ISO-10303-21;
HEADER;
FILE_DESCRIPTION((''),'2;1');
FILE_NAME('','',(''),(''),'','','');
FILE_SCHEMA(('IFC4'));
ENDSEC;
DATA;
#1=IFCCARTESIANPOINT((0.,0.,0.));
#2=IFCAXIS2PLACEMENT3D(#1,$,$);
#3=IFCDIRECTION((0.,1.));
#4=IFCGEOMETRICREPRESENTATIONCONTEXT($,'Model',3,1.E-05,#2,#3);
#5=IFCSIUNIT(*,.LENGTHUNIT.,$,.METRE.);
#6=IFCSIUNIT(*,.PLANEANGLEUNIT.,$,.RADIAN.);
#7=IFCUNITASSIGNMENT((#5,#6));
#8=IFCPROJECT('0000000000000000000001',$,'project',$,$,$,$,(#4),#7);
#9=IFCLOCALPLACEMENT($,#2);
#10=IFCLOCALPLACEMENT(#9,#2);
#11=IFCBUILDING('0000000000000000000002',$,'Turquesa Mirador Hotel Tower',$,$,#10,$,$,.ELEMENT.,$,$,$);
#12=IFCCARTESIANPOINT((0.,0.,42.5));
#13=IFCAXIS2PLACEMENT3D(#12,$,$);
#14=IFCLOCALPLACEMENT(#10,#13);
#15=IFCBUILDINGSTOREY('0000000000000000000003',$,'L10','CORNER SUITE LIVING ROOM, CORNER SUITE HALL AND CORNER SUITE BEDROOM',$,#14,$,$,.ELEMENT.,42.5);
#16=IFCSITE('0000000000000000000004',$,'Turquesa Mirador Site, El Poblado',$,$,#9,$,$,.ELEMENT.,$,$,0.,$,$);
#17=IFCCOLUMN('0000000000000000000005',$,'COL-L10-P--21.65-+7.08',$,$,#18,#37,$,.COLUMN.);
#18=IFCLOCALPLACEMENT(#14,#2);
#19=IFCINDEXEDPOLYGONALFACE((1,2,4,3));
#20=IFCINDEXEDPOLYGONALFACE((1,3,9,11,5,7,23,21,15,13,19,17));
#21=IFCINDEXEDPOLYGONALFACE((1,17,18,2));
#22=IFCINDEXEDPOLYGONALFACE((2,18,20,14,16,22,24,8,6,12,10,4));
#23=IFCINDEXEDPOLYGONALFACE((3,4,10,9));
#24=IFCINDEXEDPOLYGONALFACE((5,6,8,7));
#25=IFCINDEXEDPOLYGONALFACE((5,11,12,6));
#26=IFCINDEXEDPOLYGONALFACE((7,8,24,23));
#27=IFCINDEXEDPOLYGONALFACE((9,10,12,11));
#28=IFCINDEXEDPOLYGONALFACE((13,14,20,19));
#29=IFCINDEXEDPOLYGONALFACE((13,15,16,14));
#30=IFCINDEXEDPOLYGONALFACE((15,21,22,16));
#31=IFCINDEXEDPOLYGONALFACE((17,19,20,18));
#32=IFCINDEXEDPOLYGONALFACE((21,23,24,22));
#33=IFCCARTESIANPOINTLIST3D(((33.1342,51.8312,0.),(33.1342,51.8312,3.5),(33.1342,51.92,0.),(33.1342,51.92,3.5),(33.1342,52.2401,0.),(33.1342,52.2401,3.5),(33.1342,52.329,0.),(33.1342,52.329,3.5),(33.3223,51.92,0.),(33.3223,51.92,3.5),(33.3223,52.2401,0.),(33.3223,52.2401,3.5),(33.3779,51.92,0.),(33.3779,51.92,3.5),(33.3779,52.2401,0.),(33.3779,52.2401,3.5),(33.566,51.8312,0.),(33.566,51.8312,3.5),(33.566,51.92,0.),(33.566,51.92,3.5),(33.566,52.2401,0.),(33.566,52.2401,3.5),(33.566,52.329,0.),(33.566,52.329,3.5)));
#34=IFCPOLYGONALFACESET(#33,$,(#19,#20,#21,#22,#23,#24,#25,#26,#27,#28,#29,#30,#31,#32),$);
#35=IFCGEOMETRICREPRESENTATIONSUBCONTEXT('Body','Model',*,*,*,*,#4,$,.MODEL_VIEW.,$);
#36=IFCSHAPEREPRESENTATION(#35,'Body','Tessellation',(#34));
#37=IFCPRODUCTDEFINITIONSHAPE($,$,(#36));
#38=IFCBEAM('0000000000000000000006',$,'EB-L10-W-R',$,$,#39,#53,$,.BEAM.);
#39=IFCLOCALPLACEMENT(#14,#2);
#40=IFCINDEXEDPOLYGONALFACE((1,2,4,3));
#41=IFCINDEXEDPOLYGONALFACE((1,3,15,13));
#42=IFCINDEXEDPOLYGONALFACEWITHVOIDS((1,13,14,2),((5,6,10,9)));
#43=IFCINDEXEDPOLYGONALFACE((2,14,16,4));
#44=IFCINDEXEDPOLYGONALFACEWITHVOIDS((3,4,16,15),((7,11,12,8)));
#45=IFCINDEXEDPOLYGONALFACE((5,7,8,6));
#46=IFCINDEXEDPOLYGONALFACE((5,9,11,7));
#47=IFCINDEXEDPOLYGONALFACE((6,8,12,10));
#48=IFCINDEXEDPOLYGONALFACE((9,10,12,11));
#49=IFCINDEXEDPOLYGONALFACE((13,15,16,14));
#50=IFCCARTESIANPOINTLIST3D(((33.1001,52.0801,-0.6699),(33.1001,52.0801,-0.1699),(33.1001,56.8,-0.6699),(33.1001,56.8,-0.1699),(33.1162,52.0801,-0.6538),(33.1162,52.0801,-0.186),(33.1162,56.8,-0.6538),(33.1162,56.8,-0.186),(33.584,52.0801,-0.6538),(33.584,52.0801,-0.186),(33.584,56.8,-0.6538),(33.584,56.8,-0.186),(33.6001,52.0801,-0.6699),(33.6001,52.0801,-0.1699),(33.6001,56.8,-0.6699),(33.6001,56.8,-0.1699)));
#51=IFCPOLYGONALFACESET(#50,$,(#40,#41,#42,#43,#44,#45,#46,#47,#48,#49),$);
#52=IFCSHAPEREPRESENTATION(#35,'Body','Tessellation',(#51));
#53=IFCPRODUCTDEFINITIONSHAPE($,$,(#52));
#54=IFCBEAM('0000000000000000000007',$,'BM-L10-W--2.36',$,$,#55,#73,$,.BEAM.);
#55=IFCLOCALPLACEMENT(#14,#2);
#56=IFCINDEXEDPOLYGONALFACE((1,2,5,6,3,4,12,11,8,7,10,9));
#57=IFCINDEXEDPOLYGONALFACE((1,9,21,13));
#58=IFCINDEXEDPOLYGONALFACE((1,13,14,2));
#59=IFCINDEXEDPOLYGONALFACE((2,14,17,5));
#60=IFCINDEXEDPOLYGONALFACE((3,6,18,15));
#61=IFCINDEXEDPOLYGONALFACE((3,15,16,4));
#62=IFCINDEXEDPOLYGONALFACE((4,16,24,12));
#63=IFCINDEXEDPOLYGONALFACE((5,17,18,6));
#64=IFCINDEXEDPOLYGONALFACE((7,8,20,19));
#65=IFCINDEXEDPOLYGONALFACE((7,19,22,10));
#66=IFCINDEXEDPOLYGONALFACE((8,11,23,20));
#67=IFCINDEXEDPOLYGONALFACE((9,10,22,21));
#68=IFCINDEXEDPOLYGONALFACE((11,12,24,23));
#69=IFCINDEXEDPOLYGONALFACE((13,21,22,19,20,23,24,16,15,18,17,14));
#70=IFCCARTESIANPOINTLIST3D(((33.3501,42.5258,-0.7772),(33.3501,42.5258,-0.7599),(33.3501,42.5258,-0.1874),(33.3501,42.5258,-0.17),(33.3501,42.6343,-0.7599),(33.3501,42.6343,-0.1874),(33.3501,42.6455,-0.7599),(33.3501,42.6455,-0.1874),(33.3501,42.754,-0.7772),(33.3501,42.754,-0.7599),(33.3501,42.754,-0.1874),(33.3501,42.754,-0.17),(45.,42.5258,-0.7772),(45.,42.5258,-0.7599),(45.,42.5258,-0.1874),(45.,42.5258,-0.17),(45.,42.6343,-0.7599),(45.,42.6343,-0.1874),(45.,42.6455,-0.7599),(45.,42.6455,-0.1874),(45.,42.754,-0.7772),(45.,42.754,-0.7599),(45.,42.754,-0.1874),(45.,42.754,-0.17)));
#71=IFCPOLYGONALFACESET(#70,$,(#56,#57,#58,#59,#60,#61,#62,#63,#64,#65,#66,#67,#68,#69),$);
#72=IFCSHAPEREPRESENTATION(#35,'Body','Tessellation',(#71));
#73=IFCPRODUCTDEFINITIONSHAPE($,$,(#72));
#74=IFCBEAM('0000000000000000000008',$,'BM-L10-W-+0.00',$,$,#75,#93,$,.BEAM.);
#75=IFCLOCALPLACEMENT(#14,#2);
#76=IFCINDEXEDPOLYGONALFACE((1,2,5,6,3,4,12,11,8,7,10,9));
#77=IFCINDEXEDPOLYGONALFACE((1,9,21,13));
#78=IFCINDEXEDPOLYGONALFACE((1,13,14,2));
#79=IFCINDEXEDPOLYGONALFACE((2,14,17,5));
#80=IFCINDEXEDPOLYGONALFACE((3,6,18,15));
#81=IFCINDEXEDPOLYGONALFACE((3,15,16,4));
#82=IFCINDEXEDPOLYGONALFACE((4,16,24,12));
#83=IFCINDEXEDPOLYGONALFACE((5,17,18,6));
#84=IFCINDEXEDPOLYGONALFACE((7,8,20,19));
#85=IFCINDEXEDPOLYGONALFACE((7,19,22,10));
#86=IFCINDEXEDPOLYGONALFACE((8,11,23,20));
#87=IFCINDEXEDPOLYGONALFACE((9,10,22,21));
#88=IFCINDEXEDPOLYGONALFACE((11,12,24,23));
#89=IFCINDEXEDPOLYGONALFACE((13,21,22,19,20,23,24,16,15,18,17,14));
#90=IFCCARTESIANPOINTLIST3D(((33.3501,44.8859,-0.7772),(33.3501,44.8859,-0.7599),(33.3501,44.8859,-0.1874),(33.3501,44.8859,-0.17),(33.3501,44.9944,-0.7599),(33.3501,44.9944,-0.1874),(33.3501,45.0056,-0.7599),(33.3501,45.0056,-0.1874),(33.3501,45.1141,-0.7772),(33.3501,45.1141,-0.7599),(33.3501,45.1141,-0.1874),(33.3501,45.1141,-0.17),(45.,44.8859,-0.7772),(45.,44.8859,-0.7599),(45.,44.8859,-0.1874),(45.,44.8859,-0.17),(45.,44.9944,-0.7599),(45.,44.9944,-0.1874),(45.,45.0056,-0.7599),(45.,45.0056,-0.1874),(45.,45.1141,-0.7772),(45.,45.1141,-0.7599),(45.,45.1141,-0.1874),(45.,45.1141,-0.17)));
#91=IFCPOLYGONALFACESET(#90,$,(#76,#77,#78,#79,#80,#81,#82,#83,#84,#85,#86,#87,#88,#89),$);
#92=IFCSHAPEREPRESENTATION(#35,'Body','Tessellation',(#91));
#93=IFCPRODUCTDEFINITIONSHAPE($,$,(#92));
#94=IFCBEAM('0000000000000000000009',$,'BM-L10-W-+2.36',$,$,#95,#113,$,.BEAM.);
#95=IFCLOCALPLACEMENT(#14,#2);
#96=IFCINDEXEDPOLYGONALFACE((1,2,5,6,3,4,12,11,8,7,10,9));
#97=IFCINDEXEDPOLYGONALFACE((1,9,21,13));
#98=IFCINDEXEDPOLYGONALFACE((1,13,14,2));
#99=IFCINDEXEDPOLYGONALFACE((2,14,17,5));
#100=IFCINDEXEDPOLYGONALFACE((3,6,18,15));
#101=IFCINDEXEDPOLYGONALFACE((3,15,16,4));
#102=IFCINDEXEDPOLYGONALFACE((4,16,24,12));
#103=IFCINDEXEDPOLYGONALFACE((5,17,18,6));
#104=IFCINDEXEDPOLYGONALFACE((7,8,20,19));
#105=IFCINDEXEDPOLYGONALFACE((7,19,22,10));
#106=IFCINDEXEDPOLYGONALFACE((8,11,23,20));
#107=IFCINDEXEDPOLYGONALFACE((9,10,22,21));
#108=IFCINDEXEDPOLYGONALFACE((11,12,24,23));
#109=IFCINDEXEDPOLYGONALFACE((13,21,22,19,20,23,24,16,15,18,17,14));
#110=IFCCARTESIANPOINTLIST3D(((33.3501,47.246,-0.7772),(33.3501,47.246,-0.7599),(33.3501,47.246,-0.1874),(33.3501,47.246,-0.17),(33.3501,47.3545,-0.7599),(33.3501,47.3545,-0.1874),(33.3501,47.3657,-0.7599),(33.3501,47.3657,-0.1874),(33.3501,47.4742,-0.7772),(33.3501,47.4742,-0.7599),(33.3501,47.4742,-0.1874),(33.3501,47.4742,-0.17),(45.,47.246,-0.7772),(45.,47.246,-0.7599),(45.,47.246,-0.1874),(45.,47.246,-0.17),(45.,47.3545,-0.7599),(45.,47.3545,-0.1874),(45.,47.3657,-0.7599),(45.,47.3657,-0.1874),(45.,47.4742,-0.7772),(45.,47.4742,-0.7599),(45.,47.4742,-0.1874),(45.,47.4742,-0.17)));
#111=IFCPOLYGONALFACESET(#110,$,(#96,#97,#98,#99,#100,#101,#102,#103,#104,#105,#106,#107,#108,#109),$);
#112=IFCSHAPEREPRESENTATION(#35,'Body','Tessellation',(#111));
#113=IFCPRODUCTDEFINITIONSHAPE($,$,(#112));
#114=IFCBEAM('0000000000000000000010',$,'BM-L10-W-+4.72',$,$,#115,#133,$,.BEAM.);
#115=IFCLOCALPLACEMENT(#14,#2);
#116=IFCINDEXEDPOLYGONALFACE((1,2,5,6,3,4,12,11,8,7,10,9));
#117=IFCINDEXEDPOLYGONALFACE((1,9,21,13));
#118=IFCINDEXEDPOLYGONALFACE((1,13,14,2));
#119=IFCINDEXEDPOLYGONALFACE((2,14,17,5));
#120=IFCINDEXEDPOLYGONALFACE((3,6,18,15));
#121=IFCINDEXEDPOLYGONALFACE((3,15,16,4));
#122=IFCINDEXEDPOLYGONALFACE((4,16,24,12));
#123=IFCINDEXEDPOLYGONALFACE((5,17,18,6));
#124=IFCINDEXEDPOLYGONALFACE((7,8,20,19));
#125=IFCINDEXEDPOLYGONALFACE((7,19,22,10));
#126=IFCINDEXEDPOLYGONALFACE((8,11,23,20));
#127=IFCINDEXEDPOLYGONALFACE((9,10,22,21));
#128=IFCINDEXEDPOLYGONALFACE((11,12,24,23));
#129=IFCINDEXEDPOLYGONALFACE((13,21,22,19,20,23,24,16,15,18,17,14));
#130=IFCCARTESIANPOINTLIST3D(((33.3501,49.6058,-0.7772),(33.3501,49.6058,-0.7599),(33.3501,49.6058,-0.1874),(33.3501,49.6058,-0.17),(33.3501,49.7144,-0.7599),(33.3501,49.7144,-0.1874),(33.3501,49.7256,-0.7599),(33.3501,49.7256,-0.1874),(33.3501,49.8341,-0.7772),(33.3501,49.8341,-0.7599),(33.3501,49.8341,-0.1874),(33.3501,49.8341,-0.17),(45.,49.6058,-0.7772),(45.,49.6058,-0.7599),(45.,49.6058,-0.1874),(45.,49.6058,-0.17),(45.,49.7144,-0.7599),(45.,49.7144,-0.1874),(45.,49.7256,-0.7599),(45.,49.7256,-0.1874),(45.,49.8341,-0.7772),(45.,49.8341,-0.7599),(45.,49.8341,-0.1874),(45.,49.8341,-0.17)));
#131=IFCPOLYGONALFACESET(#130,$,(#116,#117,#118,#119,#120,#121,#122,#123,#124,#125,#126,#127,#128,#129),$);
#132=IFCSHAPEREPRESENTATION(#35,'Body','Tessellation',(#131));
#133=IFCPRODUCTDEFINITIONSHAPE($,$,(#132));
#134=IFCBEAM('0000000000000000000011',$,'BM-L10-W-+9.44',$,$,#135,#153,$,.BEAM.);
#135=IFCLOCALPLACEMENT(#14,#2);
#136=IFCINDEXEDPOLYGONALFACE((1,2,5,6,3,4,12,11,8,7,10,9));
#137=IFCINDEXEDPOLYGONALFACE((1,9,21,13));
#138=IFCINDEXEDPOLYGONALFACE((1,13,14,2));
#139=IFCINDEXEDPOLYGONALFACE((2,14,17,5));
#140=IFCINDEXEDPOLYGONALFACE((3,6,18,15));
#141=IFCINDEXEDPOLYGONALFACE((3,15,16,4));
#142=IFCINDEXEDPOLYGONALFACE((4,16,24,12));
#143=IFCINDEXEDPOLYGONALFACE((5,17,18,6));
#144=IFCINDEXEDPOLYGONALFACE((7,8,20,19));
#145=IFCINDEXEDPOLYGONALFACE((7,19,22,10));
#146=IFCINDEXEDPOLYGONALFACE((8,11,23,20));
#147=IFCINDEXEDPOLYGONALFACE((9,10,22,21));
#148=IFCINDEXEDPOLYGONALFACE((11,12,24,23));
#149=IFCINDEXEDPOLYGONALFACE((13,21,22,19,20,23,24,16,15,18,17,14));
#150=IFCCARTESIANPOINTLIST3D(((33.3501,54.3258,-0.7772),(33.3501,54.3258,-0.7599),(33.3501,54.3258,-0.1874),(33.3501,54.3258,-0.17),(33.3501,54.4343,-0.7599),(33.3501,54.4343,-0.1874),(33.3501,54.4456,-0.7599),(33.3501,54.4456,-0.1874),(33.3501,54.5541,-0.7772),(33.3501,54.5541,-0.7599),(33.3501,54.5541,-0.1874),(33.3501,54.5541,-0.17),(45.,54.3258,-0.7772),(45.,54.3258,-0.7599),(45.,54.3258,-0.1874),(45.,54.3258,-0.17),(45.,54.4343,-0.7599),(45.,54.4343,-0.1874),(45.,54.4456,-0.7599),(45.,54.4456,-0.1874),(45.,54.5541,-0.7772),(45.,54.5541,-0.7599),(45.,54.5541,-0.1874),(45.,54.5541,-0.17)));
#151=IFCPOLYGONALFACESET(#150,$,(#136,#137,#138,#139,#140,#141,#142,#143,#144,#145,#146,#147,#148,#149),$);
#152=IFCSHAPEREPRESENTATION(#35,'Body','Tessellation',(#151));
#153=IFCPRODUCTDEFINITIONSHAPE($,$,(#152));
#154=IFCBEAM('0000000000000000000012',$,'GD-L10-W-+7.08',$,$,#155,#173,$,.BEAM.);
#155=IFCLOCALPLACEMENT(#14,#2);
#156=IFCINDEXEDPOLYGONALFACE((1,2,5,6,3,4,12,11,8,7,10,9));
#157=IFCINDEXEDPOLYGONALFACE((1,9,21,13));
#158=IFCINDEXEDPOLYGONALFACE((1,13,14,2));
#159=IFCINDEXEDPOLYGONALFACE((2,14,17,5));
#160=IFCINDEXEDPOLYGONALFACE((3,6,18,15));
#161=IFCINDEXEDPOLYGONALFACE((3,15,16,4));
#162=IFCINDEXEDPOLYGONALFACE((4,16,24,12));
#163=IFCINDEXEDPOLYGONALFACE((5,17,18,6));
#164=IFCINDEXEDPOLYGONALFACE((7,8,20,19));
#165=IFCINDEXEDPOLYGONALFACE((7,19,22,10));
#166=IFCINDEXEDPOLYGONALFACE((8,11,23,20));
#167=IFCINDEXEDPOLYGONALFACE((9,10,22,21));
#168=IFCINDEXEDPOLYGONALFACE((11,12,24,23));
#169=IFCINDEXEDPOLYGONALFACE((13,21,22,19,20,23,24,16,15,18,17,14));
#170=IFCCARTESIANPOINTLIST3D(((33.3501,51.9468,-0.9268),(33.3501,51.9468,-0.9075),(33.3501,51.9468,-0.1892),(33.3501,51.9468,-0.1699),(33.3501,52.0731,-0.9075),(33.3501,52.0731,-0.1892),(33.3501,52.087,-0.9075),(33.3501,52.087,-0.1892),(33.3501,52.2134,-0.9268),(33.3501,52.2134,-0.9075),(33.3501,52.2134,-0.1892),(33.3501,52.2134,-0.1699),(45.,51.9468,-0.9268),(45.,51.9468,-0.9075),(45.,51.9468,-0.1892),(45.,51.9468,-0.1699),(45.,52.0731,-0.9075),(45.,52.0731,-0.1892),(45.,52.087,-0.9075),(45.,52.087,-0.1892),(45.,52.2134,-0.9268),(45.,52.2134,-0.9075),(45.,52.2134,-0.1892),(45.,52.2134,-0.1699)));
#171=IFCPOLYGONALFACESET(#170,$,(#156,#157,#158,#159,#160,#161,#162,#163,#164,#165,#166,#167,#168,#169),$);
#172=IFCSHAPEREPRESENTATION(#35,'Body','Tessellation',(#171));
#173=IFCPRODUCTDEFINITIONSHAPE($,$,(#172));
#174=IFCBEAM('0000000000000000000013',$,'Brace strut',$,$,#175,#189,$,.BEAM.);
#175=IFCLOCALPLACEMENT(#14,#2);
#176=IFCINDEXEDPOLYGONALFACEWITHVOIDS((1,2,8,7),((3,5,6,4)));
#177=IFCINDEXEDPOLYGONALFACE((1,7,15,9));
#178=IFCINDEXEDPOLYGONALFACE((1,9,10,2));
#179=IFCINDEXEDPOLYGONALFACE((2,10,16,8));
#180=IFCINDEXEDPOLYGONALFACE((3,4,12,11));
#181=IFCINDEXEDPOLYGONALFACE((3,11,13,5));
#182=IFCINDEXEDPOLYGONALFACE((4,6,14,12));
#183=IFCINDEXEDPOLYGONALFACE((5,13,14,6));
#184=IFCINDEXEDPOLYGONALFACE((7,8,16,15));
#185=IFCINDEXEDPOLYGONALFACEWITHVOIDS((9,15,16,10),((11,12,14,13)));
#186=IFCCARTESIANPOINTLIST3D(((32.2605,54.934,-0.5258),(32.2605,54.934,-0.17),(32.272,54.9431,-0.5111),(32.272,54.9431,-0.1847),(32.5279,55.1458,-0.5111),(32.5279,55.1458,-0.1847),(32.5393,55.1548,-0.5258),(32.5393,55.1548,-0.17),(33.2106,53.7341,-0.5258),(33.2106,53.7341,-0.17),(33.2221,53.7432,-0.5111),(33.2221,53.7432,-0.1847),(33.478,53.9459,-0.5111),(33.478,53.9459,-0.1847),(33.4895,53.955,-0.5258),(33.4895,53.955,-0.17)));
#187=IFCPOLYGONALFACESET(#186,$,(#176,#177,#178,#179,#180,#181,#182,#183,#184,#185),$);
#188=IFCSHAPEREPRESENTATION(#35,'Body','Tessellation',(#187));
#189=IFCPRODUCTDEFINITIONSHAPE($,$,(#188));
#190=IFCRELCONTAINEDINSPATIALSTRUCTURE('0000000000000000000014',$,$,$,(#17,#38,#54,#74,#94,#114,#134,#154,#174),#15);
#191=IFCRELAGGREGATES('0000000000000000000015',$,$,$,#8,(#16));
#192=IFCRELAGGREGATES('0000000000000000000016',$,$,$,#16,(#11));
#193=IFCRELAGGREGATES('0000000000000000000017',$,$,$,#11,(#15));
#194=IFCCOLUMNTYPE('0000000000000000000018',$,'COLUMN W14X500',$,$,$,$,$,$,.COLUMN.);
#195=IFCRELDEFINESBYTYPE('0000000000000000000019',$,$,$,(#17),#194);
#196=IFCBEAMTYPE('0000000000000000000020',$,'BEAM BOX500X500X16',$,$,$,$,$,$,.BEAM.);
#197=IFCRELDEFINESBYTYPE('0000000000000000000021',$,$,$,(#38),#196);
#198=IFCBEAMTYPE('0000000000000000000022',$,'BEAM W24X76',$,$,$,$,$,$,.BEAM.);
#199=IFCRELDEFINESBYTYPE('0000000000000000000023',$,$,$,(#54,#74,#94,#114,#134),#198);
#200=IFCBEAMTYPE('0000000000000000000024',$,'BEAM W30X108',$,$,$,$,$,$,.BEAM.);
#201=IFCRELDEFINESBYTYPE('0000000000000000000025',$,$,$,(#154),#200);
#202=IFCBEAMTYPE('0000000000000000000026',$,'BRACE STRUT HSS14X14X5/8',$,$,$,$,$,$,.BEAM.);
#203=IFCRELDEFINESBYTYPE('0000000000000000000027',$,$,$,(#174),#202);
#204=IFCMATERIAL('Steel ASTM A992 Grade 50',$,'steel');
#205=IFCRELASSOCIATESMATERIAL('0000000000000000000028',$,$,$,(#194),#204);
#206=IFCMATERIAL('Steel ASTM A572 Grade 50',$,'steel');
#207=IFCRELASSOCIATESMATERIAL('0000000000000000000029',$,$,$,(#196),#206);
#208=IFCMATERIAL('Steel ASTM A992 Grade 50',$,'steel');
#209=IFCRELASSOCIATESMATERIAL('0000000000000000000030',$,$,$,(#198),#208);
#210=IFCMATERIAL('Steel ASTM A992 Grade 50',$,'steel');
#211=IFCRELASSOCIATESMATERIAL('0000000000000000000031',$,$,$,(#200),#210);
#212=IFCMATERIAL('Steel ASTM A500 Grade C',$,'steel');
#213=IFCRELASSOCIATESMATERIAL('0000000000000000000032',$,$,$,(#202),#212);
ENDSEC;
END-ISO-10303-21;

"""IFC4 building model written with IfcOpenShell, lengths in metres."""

from ifc_helpers import new_model, si_unit, direction, frame, origin, origin_2d, place, context, subcontext, project, spatial, hollow_rectangle, i_section, extrude, material, material_profile, profile_set, type_object, element, save


model = new_model("IFC4")

# Units and contexts
model_context = context("Model", 3, precision=1e-05, world=origin(), true_north=direction((0.0, 1.0)))
body_context = subcontext(model_context, "Body", "Model", "MODEL_VIEW")
ifc_project = project(units=[si_unit("LENGTHUNIT", "METRE"), si_unit("PLANEANGLEUNIT", "RADIAN")], contexts=[model_context])

# Site, building, storey
site_placement = place(None, origin())
site = spatial("IfcSite", under=ifc_project, at=site_placement, Name="Turquesa Mirador Site, El Poblado", CompositionType="ELEMENT", RefElevation=0.0)
building_placement = place(site_placement, origin())
building = spatial("IfcBuilding", under=site, at=building_placement, Name="Turquesa Mirador Hotel Tower", CompositionType="ELEMENT")
storey_placement = place(building_placement, frame((0.0, 0.0, 42.5)))
storey = spatial("IfcBuildingStorey", under=building, at=storey_placement, Name="L10", Description="CORNER SUITE LIVING ROOM, CORNER SUITE HALL AND CORNER SUITE BEDROOM", CompositionType="ELEMENT", Elevation=42.5)

# Column
ifc_material_1 = material(Name="Steel ASTM A992 Grade 50", Category="steel")
ifc_material_profile_1 = material_profile(ifc_material_1, i_section(OverallWidth=0.4319, OverallDepth=0.4978, WebThickness=0.0557, FlangeThickness=0.0889, at=origin_2d()), Name="W14X500")
ifc_profile_set_1 = profile_set([ifc_material_profile_1], Name="Steel ASTM A992 Grade 50")
column_type = type_object("IfcColumnType", Name="COLUMN W14X500", PredefinedType="COLUMN", material=ifc_profile_set_1)
column_placement = place(storey_placement, frame((33.3501, 52.0801, 0.0), z_axis=(0.0, 0.0, 1.0), x_axis=(1.0, 0.0, 0.0)))
element("IfcColumn", 1, at=column_placement, inside=storey, type_object=column_type, Name="COL-L10-P--21.65-+7.08", PredefinedType="COLUMN", context=body_context, shape_type="SweptSolid", body=[
    extrude(i_section(OverallWidth=0.4319, OverallDepth=0.4978, WebThickness=0.0557, FlangeThickness=0.0889, at=origin_2d()), origin(), (0.0, 0.0, 1.0), 3.5),
])

# Beams
ifc_material_2 = material(Name="Steel ASTM A572 Grade 50", Category="steel")
ifc_material_profile_2 = material_profile(ifc_material_2, hollow_rectangle(XDim=0.5, YDim=0.5, WallThickness=0.0161, at=origin_2d()), Name="BOX500X500X16")
ifc_profile_set_2 = profile_set([ifc_material_profile_2], Name="Steel ASTM A572 Grade 50")
beam_type_1 = type_object("IfcBeamType", Name="BEAM BOX500X500X16", PredefinedType="BEAM", material=ifc_profile_set_2)
beam_1_placement = place(storey_placement, frame((33.3501, 52.0801, -0.4199), z_axis=(0.0, 1.0, 0.0), x_axis=(-1.0, 0.0, 0.0)))
element("IfcBeam", 2, at=beam_1_placement, inside=storey, type_object=beam_type_1, Name="EB-L10-W-R", PredefinedType="BEAM", context=body_context, shape_type="SweptSolid", body=[
    extrude(hollow_rectangle(XDim=0.5, YDim=0.5, WallThickness=0.0161, at=origin_2d()), origin(), (0.0, 0.0, 1.0), 4.72),
])
ifc_material_3 = material(Name="Steel ASTM A992 Grade 50", Category="steel")
ifc_material_profile_3 = material_profile(ifc_material_3, i_section(OverallWidth=0.2283, OverallDepth=0.6072, WebThickness=0.0112, FlangeThickness=0.0173, at=origin_2d()), Name="W24X76")
ifc_profile_set_3 = profile_set([ifc_material_profile_3], Name="Steel ASTM A992 Grade 50")
beam_type_2 = type_object("IfcBeamType", Name="BEAM W24X76", PredefinedType="BEAM", material=ifc_profile_set_3)
for number, where, z_axis, x_axis, name in (
    (3, (33.3501, 42.6399, -0.4736), (1.0, 0.0, 0.0), (0.0, 1.0, 0.0), "BM-L10-W--2.36"),
    (4, (33.3501, 45.0, -0.4736), (1.0, 0.0, 0.0), (0.0, 1.0, 0.0), "BM-L10-W-+0.00"),
    (5, (33.3501, 47.3601, -0.4736), (1.0, 0.0, 0.0), (0.0, 1.0, 0.0), "BM-L10-W-+2.36"),
    (6, (33.3501, 49.72, -0.4736), (1.0, 0.0, 0.0), (0.0, 1.0, 0.0), "BM-L10-W-+4.72"),
    (7, (33.3501, 54.4399, -0.4736), (1.0, 0.0, 0.0), (0.0, 1.0, 0.0), "BM-L10-W-+9.44"),
):
    element("IfcBeam", number, at=place(storey_placement, frame(where, z_axis=z_axis, x_axis=x_axis)), inside=storey, type_object=beam_type_2, Name=name, PredefinedType="BEAM", context=body_context, shape_type="SweptSolid", body=[
        extrude(i_section(OverallWidth=0.2283, OverallDepth=0.6072, WebThickness=0.0112, FlangeThickness=0.0173, at=origin_2d()), origin(), (0.0, 0.0, 1.0), 11.6499),
    ])
ifc_material_4 = material(Name="Steel ASTM A992 Grade 50", Category="steel")
ifc_material_profile_4 = material_profile(ifc_material_4, i_section(OverallWidth=0.2666, OverallDepth=0.7568, WebThickness=0.0139, FlangeThickness=0.0193, at=origin_2d()), Name="W30X108")
ifc_profile_set_4 = profile_set([ifc_material_profile_4], Name="Steel ASTM A992 Grade 50")
beam_type_3 = type_object("IfcBeamType", Name="BEAM W30X108", PredefinedType="BEAM", material=ifc_profile_set_4)
beam_2_placement = place(storey_placement, frame((33.3501, 52.0801, -0.5483), z_axis=(1.0, 0.0, 0.0), x_axis=(0.0, 1.0, 0.0)))
element("IfcBeam", 8, at=beam_2_placement, inside=storey, type_object=beam_type_3, Name="GD-L10-W-+7.08", PredefinedType="BEAM", context=body_context, shape_type="SweptSolid", body=[
    extrude(i_section(OverallWidth=0.2666, OverallDepth=0.7568, WebThickness=0.0139, FlangeThickness=0.0193, at=origin_2d()), origin(), (0.0, 0.0, 1.0), 11.6499),
])
ifc_material_5 = material(Name="Steel ASTM A500 Grade C", Category="steel")
ifc_material_profile_5 = material_profile(ifc_material_5, hollow_rectangle(XDim=0.3557, YDim=0.3557, WallThickness=0.0146, at=origin_2d()), Name="HSS14X14X5/8")
ifc_profile_set_5 = profile_set([ifc_material_profile_5], Name="Steel ASTM A500 Grade C")
beam_type_4 = type_object("IfcBeamType", Name="BRACE STRUT HSS14X14X5/8", PredefinedType="BEAM", material=ifc_profile_set_5)
for number, where, z_axis, x_axis, name in (
    (9, (32.3999, 55.0444, -0.3479), (0.620797, -0.783971, 0.0), (0.783971, 0.620797, 0.0), "Brace strut"),
):
    element("IfcBeam", number, at=place(storey_placement, frame(where, z_axis=z_axis, x_axis=x_axis)), inside=storey, type_object=beam_type_4, Name=name, PredefinedType="BEAM", context=body_context, shape_type="SweptSolid", body=[
        extrude(hollow_rectangle(XDim=0.3557, YDim=0.3557, WallThickness=0.0146, at=origin_2d()), origin(), (0.0, 0.0, 1.0), 1.5305),
    ])

save(model, "model.ifc")
